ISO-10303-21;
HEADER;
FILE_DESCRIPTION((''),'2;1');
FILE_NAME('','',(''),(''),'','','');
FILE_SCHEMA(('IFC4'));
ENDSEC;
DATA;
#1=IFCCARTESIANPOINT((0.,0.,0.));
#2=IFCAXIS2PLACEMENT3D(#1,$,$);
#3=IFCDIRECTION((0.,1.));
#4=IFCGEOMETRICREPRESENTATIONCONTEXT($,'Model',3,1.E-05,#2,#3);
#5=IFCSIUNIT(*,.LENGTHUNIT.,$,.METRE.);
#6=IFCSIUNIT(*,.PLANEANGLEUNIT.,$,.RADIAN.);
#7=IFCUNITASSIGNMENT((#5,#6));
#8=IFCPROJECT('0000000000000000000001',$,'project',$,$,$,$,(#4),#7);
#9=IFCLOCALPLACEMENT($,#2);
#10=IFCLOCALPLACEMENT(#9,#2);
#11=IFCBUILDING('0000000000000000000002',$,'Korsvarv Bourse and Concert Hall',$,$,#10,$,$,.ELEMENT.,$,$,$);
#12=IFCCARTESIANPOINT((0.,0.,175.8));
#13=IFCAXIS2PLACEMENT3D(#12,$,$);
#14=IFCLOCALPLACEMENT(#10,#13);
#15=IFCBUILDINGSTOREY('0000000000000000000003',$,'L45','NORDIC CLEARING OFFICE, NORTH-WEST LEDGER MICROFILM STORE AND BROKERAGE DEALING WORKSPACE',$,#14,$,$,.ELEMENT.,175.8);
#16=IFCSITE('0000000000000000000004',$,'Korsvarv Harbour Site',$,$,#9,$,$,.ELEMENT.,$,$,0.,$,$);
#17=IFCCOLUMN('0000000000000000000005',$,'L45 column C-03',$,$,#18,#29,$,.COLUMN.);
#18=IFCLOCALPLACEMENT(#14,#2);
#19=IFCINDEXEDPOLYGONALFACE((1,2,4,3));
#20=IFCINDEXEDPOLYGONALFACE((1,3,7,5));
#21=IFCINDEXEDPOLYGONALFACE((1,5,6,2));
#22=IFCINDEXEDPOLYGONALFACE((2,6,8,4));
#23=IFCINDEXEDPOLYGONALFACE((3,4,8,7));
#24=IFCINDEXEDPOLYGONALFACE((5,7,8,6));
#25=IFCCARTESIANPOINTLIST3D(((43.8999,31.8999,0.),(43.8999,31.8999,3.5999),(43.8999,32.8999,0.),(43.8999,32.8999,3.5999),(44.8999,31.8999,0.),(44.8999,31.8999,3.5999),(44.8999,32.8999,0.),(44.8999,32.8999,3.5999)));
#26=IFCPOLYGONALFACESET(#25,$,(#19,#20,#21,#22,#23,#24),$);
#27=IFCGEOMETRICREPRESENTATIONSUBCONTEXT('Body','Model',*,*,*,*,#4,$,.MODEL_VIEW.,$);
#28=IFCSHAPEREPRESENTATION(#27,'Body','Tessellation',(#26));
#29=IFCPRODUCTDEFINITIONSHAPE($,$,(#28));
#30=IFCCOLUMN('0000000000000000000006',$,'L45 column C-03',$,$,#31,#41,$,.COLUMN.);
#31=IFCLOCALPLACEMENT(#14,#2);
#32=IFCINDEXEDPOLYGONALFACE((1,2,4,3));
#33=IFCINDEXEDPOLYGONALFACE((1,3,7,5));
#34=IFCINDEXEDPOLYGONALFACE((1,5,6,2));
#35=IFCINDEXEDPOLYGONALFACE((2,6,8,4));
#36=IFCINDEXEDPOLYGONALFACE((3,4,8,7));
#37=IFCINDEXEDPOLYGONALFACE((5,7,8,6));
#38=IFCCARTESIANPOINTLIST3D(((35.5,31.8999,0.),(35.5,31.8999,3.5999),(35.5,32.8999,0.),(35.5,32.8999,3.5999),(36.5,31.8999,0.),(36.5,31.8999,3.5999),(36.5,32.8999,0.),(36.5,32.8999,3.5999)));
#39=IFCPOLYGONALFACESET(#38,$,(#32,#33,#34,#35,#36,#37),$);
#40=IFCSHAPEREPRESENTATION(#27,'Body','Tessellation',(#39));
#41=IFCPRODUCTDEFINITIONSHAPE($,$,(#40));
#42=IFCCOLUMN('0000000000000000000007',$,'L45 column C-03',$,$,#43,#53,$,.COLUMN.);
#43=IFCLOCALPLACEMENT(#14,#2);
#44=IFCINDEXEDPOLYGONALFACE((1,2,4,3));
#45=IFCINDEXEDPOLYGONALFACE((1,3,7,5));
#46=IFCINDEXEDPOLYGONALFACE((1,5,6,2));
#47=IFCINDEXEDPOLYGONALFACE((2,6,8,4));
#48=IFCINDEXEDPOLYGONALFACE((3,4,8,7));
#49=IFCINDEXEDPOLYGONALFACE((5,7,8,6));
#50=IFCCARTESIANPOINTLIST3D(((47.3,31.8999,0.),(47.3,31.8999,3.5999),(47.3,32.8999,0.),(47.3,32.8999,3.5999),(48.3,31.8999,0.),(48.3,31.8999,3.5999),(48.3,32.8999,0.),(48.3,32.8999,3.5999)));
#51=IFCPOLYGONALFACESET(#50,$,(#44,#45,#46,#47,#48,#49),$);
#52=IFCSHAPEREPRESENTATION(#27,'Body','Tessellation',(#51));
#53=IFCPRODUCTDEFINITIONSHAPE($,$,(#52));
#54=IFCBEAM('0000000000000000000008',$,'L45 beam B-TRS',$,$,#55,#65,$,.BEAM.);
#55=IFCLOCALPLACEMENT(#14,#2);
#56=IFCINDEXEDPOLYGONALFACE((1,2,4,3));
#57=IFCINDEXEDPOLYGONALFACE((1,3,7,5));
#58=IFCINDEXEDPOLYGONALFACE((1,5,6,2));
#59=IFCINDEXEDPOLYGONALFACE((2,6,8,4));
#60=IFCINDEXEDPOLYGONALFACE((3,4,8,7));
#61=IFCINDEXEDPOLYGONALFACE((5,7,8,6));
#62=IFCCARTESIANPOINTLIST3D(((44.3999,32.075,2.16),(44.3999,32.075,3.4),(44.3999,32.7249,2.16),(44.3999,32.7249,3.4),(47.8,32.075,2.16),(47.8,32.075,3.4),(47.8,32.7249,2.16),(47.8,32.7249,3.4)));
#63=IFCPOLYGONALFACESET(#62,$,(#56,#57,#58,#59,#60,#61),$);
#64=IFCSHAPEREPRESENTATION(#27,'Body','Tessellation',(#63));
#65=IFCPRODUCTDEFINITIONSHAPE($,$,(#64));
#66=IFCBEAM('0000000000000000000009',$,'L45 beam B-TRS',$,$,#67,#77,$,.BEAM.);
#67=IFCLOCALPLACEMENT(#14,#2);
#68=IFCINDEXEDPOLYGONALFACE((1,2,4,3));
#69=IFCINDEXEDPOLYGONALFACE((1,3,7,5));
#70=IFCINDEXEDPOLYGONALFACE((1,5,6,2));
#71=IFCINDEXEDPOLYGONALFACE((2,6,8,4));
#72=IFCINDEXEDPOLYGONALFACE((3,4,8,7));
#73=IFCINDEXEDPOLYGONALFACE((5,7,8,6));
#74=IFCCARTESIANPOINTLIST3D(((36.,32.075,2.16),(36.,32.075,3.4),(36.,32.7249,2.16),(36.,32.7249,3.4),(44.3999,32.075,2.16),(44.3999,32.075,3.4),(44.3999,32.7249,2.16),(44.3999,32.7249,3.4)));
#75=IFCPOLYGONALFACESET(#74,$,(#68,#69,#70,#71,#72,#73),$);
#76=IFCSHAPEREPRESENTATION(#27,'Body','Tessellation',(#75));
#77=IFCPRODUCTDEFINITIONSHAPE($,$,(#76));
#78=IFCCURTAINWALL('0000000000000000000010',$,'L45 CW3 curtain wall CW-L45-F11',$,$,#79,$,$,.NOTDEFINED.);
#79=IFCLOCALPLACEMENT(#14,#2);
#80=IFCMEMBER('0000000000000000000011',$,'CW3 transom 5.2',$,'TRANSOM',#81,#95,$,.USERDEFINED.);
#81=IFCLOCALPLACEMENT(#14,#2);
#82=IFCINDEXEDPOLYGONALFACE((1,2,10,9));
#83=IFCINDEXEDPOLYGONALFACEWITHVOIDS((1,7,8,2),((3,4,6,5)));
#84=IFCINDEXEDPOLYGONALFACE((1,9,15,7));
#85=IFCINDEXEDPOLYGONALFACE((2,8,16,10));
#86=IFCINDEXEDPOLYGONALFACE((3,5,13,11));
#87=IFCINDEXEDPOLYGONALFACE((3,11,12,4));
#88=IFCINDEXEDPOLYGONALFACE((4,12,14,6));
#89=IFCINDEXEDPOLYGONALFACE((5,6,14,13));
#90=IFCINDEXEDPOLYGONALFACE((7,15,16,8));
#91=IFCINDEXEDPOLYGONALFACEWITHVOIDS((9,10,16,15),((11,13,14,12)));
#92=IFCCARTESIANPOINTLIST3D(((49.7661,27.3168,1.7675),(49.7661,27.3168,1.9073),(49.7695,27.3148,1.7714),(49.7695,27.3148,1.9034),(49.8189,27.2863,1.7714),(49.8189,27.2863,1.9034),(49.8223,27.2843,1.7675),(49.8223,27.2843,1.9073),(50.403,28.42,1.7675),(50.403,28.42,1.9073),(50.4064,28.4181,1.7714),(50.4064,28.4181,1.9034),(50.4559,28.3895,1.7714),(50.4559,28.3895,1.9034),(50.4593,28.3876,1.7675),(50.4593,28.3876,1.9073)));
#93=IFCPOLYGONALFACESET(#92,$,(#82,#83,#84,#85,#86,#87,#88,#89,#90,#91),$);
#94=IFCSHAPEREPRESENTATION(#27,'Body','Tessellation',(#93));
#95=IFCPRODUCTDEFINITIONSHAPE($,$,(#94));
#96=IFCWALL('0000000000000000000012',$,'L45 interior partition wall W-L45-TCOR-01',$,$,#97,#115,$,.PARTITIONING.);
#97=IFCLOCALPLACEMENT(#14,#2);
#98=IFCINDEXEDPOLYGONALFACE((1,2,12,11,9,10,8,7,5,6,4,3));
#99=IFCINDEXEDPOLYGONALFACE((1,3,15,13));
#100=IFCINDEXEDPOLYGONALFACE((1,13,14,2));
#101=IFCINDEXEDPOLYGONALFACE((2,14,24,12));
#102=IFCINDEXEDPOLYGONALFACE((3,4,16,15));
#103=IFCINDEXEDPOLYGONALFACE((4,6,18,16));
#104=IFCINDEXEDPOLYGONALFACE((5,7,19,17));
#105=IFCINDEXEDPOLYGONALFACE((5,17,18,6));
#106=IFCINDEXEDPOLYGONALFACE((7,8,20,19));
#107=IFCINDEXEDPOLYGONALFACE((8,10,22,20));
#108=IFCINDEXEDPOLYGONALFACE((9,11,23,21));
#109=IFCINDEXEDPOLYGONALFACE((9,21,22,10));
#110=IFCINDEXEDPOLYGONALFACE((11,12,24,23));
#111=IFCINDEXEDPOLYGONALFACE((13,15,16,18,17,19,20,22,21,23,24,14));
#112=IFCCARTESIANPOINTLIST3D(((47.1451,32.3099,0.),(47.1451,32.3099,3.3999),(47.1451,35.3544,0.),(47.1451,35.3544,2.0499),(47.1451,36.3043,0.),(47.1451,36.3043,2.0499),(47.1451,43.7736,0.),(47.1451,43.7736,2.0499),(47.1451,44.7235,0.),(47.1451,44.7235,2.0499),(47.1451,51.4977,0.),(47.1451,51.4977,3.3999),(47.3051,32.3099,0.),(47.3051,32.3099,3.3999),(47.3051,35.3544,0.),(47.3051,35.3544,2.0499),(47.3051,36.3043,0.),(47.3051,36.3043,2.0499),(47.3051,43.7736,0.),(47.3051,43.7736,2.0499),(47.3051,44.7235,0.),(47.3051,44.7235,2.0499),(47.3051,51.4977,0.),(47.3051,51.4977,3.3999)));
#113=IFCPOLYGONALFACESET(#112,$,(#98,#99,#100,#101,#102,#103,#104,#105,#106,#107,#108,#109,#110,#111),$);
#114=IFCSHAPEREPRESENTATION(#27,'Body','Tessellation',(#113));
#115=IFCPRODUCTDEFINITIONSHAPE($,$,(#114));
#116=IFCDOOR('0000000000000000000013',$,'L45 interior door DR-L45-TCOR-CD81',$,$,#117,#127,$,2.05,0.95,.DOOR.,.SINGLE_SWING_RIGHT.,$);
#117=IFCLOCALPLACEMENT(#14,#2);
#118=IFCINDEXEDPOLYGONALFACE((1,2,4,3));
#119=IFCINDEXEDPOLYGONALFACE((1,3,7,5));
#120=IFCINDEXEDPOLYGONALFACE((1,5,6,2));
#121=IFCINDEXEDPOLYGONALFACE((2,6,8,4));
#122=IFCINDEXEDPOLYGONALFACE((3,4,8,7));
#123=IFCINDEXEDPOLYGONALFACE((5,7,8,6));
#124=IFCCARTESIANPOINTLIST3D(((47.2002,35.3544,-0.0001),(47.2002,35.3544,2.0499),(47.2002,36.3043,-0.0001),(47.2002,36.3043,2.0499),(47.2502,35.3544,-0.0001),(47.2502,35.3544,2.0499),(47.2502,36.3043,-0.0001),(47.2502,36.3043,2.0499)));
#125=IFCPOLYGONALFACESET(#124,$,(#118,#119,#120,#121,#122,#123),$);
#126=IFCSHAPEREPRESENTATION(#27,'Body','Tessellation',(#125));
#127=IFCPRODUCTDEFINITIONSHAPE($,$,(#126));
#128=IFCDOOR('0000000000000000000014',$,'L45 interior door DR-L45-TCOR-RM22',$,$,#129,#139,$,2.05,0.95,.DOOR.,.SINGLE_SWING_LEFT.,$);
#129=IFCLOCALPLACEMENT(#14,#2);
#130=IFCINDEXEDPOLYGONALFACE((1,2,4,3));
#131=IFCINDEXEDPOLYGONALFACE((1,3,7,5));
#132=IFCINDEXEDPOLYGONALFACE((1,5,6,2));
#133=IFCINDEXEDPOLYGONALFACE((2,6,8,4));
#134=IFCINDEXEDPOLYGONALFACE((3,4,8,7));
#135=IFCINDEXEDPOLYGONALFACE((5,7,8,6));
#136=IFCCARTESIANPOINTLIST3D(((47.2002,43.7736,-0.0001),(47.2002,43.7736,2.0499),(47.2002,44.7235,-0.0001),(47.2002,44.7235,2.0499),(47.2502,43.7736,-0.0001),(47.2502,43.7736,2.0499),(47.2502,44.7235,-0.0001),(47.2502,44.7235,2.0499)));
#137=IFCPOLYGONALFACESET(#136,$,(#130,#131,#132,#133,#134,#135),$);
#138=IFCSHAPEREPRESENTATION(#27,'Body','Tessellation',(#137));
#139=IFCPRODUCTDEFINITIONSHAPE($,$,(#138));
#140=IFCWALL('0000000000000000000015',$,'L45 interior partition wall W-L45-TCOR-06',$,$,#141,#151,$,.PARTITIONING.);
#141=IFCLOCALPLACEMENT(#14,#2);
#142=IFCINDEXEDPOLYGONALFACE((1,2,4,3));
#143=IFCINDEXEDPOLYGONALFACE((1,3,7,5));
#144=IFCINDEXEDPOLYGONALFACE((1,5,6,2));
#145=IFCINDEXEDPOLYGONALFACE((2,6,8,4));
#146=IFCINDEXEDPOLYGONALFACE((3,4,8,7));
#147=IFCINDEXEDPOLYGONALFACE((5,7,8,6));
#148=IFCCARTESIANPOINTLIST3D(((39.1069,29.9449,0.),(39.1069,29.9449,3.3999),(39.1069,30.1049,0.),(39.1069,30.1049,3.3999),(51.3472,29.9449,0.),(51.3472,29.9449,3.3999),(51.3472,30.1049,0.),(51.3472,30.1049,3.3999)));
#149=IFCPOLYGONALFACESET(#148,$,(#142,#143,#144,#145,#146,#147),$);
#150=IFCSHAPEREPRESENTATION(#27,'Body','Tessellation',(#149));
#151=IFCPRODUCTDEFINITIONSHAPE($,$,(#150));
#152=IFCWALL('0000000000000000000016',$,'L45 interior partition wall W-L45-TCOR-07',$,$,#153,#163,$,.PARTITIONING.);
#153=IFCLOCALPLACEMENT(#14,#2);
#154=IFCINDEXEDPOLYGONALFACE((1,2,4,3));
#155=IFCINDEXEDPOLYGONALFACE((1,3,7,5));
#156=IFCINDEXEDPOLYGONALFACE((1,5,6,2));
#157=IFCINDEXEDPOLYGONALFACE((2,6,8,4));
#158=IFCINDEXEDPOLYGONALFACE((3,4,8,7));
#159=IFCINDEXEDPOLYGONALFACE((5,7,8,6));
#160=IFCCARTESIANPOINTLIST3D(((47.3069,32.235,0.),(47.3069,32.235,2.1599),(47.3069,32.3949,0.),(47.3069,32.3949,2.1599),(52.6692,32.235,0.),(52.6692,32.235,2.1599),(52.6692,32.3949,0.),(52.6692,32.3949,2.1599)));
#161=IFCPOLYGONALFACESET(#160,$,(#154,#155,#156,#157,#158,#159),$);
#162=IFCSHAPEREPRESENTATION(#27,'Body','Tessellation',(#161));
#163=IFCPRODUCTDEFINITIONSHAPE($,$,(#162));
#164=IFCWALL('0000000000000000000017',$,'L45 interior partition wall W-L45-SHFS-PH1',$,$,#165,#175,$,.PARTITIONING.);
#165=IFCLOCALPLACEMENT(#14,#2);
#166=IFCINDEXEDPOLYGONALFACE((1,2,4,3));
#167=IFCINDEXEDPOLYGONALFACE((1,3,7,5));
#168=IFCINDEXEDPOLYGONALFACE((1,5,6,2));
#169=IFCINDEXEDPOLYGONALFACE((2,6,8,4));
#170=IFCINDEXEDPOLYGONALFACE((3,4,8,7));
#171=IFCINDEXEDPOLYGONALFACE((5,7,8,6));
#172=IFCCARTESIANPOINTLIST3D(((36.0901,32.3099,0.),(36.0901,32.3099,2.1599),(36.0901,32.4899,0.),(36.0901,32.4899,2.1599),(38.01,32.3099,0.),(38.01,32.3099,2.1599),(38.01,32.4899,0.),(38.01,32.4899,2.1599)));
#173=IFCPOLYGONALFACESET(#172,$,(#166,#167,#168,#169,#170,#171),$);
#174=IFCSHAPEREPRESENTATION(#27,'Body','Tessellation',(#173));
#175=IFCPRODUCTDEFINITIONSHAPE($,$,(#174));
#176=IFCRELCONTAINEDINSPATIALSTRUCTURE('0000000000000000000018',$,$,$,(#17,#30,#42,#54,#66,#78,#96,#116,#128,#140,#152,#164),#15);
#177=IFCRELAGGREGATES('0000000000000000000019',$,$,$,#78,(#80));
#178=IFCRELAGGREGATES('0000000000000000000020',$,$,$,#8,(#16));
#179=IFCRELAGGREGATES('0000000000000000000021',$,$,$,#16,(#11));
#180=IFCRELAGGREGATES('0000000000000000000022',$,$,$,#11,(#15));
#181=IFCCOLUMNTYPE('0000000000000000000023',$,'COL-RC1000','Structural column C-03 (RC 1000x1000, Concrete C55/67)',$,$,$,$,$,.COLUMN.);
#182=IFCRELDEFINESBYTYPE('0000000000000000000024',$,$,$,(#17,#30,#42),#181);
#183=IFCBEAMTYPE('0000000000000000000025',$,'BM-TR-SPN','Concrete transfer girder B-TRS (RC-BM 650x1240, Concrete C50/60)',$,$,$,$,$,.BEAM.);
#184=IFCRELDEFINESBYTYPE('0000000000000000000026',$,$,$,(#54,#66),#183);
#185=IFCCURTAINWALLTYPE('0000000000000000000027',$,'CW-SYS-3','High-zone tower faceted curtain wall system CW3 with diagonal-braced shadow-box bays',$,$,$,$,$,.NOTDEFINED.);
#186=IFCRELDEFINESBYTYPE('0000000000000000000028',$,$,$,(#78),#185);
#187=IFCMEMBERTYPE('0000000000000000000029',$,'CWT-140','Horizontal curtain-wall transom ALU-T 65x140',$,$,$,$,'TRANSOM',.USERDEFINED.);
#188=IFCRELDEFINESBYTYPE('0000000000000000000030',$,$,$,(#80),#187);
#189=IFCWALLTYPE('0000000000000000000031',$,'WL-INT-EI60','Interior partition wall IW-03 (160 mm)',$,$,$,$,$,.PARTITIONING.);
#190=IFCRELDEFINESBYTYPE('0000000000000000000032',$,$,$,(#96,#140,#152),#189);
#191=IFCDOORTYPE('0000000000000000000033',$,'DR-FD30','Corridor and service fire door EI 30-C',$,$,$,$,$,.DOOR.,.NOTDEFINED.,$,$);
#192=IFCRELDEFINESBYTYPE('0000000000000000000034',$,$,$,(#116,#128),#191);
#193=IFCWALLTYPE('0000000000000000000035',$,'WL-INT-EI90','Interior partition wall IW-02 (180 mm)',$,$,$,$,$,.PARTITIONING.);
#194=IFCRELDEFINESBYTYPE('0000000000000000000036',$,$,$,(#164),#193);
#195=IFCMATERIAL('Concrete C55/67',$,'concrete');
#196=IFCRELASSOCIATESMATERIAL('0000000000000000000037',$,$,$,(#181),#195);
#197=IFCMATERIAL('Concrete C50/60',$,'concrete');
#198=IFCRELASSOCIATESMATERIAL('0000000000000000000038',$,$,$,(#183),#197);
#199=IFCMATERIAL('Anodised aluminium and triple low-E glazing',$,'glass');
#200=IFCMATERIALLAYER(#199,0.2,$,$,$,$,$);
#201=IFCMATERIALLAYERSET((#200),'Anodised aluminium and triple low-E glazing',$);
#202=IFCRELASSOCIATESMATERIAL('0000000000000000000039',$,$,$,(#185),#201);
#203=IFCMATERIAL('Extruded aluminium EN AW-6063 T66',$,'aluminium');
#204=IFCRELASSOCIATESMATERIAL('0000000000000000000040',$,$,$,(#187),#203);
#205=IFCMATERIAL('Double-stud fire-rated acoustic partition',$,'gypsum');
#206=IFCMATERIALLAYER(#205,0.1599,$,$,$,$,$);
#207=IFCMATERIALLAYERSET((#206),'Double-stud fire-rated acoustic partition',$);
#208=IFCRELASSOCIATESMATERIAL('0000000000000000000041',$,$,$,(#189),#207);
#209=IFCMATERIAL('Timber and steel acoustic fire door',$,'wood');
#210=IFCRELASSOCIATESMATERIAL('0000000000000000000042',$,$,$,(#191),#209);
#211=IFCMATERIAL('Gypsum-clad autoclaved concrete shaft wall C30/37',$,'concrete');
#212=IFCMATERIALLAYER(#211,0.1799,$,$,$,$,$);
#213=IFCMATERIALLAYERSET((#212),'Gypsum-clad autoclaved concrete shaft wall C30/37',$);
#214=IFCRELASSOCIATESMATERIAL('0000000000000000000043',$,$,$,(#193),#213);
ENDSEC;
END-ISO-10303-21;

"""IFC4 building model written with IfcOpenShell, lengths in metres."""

from ifc_helpers import new_model, si_unit, direction, frame, frame_2d, origin, origin_2d, place, context, subcontext, project, spatial, rectangle, hollow_rectangle, extrude, source, transform, mapped, material, layer, layer_set, material_profile, profile_set, type_object, element, fill, aggregate, save


model = new_model("IFC4")

# Units and contexts
model_context = context("Model", 3, precision=1e-05, world=origin(), true_north=direction((0.0, 1.0)))
body_context = subcontext(model_context, "Body", "Model", "MODEL_VIEW")
ifc_project = project(units=[si_unit("LENGTHUNIT", "METRE"), si_unit("PLANEANGLEUNIT", "RADIAN")], contexts=[model_context])

# Site, building, storey
site_placement = place(None, origin())
site = spatial("IfcSite", under=ifc_project, at=site_placement, Name="Korsvarv Harbour Site", CompositionType="ELEMENT", RefElevation=0.0)
building_placement = place(site_placement, origin())
building = spatial("IfcBuilding", under=site, at=building_placement, Name="Korsvarv Bourse and Concert Hall", CompositionType="ELEMENT")
storey_placement = place(building_placement, frame((0.0, 0.0, 175.8)))
storey = spatial("IfcBuildingStorey", under=building, at=storey_placement, Name="L45", Description="NORDIC CLEARING OFFICE, NORTH-WEST LEDGER MICROFILM STORE AND BROKERAGE DEALING WORKSPACE", CompositionType="ELEMENT", Elevation=175.8)

# Columns
ifc_material_1 = material(Name="Concrete C55/67", Category="concrete")
ifc_material_profile_1 = material_profile(ifc_material_1, rectangle(XDim=1.0, YDim=1.0, at=origin_2d()), Name="RC 1000x1000")
ifc_profile_set_1 = profile_set([ifc_material_profile_1], Name="Concrete C55/67")
column_type = type_object("IfcColumnType", Name="COL-RC1000", Description="Structural column C-03 (RC 1000x1000, Concrete C55/67)", PredefinedType="COLUMN", material=ifc_profile_set_1)
shared_shape_1 = source(origin(), body_context, "Body", "SweptSolid", [
    extrude(rectangle(XDim=1.0, YDim=1.0, at=origin_2d()), origin(), (0.0, 0.0, 1.0), 3.5999),
])
for number, where, z_axis, x_axis, name in (
    (1, (44.3999, 32.3999, 0.0), (0.0, 0.0, 1.0), (1.0, 0.0, 0.0), "L45 column C-03"),
    (2, (36.0, 32.3999, 0.0), (0.0, 0.0, 1.0), (1.0, 0.0, 0.0), "L45 column C-03"),
    (3, (47.8, 32.3999, 0.0), (0.0, 0.0, 1.0), (1.0, 0.0, 0.0), "L45 column C-03"),
):
    element("IfcColumn", number, at=place(storey_placement, frame(where, z_axis=z_axis, x_axis=x_axis)), inside=storey, type_object=column_type, Name=name, PredefinedType="COLUMN", context=body_context, shape_type="MappedRepresentation", body=[
        mapped(shared_shape_1, transform((0.0, 0.0, 0.0), scale=1.0)),
    ])

# Beams
ifc_material_2 = material(Name="Concrete C50/60", Category="concrete")
ifc_material_profile_2 = material_profile(ifc_material_2, rectangle(XDim=0.6499, YDim=1.24, at=origin_2d()), Name="RC-BM 650x1240")
ifc_profile_set_2 = profile_set([ifc_material_profile_2], Name="Concrete C50/60")
beam_type = type_object("IfcBeamType", Name="BM-TR-SPN", Description="Concrete transfer girder B-TRS (RC-BM 650x1240, Concrete C50/60)", PredefinedType="BEAM", material=ifc_profile_set_2)
shared_shape_2 = source(origin(), body_context, "Body", "SweptSolid", [
    extrude(rectangle(XDim=0.6499, YDim=1.24, at=origin_2d()), origin(), (0.0, 0.0, 1.0), 3.4001),
])
beam_1_placement = place(storey_placement, frame((44.3999, 32.3999, 2.78), z_axis=(1.0, 0.0, 0.0), x_axis=(0.0, 1.0, 0.0)))
element("IfcBeam", 4, at=beam_1_placement, inside=storey, type_object=beam_type, Name="L45 beam B-TRS", PredefinedType="BEAM", context=body_context, shape_type="MappedRepresentation", body=[
    mapped(shared_shape_2, transform((0.0, 0.0, 0.0), scale=1.0)),
])
shared_shape_3 = source(origin(), body_context, "Body", "SweptSolid", [
    extrude(rectangle(XDim=0.6499, YDim=1.24, at=origin_2d()), origin(), (0.0, 0.0, 1.0), 8.3999),
])
beam_2_placement = place(storey_placement, frame((36.0, 32.3999, 2.78), z_axis=(1.0, 0.0, 0.0), x_axis=(0.0, 1.0, 0.0)))
element("IfcBeam", 5, at=beam_2_placement, inside=storey, type_object=beam_type, Name="L45 beam B-TRS", PredefinedType="BEAM", context=body_context, shape_type="MappedRepresentation", body=[
    mapped(shared_shape_3, transform((0.0, 0.0, 0.0), scale=1.0)),
])

# Curtain wall, member
ifc_material_3 = material(Name="Anodised aluminium and triple low-E glazing", Category="glass")
ifc_layer_1 = layer(ifc_material_3, 0.2)
ifc_layer_set_1 = layer_set([ifc_layer_1], Name="Anodised aluminium and triple low-E glazing")
curtain_wall_type = type_object("IfcCurtainWallType", Name="CW-SYS-3", Description="High-zone tower faceted curtain wall system CW3 with diagonal-braced shadow-box bays", PredefinedType="NOTDEFINED", material=ifc_layer_set_1)
curtain_wall_placement = place(storey_placement, origin())
curtain_wall = element("IfcCurtainWall", 6, at=curtain_wall_placement, inside=storey, type_object=curtain_wall_type, Name="L45 CW3 curtain wall CW-L45-F11", PredefinedType="NOTDEFINED")
ifc_material_4 = material(Name="Extruded aluminium EN AW-6063 T66", Category="aluminium")
ifc_material_profile_3 = material_profile(ifc_material_4, hollow_rectangle(XDim=0.0649, YDim=0.1399, WallThickness=0.0039, at=origin_2d()), Name="ALU-T 65x140")
ifc_profile_set_3 = profile_set([ifc_material_profile_3], Name="Extruded aluminium EN AW-6063 T66")
member_type = type_object("IfcMemberType", Name="CWT-140", Description="Horizontal curtain-wall transom ALU-T 65x140", ElementType="TRANSOM", PredefinedType="USERDEFINED", material=ifc_profile_set_3)
shared_shape_4 = source(origin(), body_context, "Body", "SweptSolid", [
    extrude(hollow_rectangle(XDim=0.0649, YDim=0.1399, WallThickness=0.0039, at=origin_2d()), origin(), (0.0, 0.0, 1.0), 1.2739),
])
member_placement = place(storey_placement, frame((49.7942, 27.3005, 1.8374), z_axis=(0.499993, 0.866029, 0.0), x_axis=(-0.866029, 0.499993, 0.0)))
member = element("IfcMember", 7, at=member_placement, type_object=member_type, Name="CW3 transom 5.2", ObjectType="TRANSOM", PredefinedType="USERDEFINED", context=body_context, shape_type="MappedRepresentation", body=[
    mapped(shared_shape_4, transform((0.0, 0.0, 0.0), scale=1.0)),
])
aggregate(curtain_wall, [member])

# Wall, openings, doors
ifc_material_5 = material(Name="Double-stud fire-rated acoustic partition", Category="gypsum")
ifc_layer_2 = layer(ifc_material_5, 0.1599)
ifc_layer_set_2 = layer_set([ifc_layer_2], Name="Double-stud fire-rated acoustic partition")
wall_type_1 = type_object("IfcWallType", Name="WL-INT-EI60", Description="Interior partition wall IW-03 (160 mm)", PredefinedType="PARTITIONING", material=ifc_layer_set_2)
wall_1_placement = place(storey_placement, frame((47.2251, 32.3101, 0.0), z_axis=(0.0, 0.0, 1.0), x_axis=(0.0, 1.0, 0.0)))
wall_1 = element("IfcWall", 8, at=wall_1_placement, inside=storey, type_object=wall_type_1, Name="L45 interior partition wall W-L45-TCOR-01", PredefinedType="PARTITIONING", context=body_context, shape_type="SweptSolid", body=[
    extrude(rectangle(XDim=19.1877, YDim=0.1599, at=frame_2d((9.5938, 0.0))), origin(), (0.0, 0.0, 1.0), 3.3999),
])
opening_1_placement = place(wall_1_placement, frame((3.0442, 0.0, 0.0)))
opening_1 = element("IfcOpeningElement", 9, at=opening_1_placement, cuts=wall_1, PredefinedType="OPENING", context=body_context, shape_type="SweptSolid", body=[
    extrude(rectangle(XDim=0.95, YDim=2.05, at=frame_2d((0.4751, 1.0249))), frame((0.0, 0.0898, 0.0), z_axis=(0.0, -1.0, 0.0), x_axis=(1.0, 0.0, 0.0)), (0.0, 0.0, 1.0), 0.1799),
])
opening_2_placement = place(wall_1_placement, frame((11.4634, 0.0, 0.0)))
opening_2 = element("IfcOpeningElement", 10, at=opening_2_placement, cuts=wall_1, PredefinedType="OPENING", context=body_context, shape_type="SweptSolid", body=[
    extrude(rectangle(XDim=0.95, YDim=2.05, at=frame_2d((0.4751, 1.0249))), frame((0.0, 0.0898, 0.0), z_axis=(0.0, -1.0, 0.0), x_axis=(1.0, 0.0, 0.0)), (0.0, 0.0, 1.0), 0.1799),
])
ifc_material_6 = material(Name="Timber and steel acoustic fire door", Category="wood")
door_type = type_object("IfcDoorType", Name="DR-FD30", Description="Corridor and service fire door EI 30-C", OperationType="NOTDEFINED", PredefinedType="DOOR", material=ifc_material_6)
door_1_placement = place(opening_1_placement, origin())
door_1 = element("IfcDoor", 11, at=door_1_placement, inside=storey, type_object=door_type, Name="L45 interior door DR-L45-TCOR-CD81", OperationType="SINGLE_SWING_RIGHT", OverallHeight=2.05, OverallWidth=0.95, PredefinedType="DOOR", context=body_context, shape_type="SweptSolid", body=[
    extrude(rectangle(XDim=0.95, YDim=2.05, at=frame_2d((0.4751, 1.0249))), frame((0.0, 0.0249, 0.0), z_axis=(0.0, -1.0, 0.0), x_axis=(1.0, 0.0, 0.0)), (0.0, 0.0, 1.0), 0.05),
])
fill(opening_1, door_1)
door_2_placement = place(opening_2_placement, origin())
door_2 = element("IfcDoor", 12, at=door_2_placement, inside=storey, type_object=door_type, Name="L45 interior door DR-L45-TCOR-RM22", OperationType="SINGLE_SWING_LEFT", OverallHeight=2.05, OverallWidth=0.95, PredefinedType="DOOR", context=body_context, shape_type="SweptSolid", body=[
    extrude(rectangle(XDim=0.95, YDim=2.05, at=frame_2d((0.4751, 1.0249))), frame((0.0, 0.0249, 0.0), z_axis=(0.0, -1.0, 0.0), x_axis=(1.0, 0.0, 0.0)), (0.0, 0.0, 1.0), 0.05),
])
fill(opening_2, door_2)

# Walls
wall_2_placement = place(storey_placement, frame((39.1069, 30.0249, 0.0), z_axis=(0.0, 0.0, 1.0), x_axis=(1.0, 0.0, 0.0)))
element("IfcWall", 13, at=wall_2_placement, inside=storey, type_object=wall_type_1, Name="L45 interior partition wall W-L45-TCOR-06", PredefinedType="PARTITIONING", context=body_context, shape_type="SweptSolid", body=[
    extrude(rectangle(XDim=12.2402, YDim=0.1599, at=frame_2d((6.1201, 0.0))), origin(), (0.0, 0.0, 1.0), 3.3999),
])
wall_3_placement = place(storey_placement, frame((47.3069, 32.3149, 0.0), z_axis=(0.0, 0.0, 1.0), x_axis=(1.0, 0.0, 0.0)))
element("IfcWall", 14, at=wall_3_placement, inside=storey, type_object=wall_type_1, Name="L45 interior partition wall W-L45-TCOR-07", PredefinedType="PARTITIONING", context=body_context, shape_type="SweptSolid", body=[
    extrude(rectangle(XDim=5.3623, YDim=0.1599, at=frame_2d((2.6812, 0.0))), origin(), (0.0, 0.0, 1.0), 2.1599),
])
ifc_material_7 = material(Name="Gypsum-clad autoclaved concrete shaft wall C30/37", Category="concrete")
ifc_layer_3 = layer(ifc_material_7, 0.1799)
ifc_layer_set_3 = layer_set([ifc_layer_3], Name="Gypsum-clad autoclaved concrete shaft wall C30/37")
wall_type_2 = type_object("IfcWallType", Name="WL-INT-EI90", Description="Interior partition wall IW-02 (180 mm)", PredefinedType="PARTITIONING", material=ifc_layer_set_3)
wall_4_placement = place(storey_placement, frame((36.0901, 32.3999, 0.0), z_axis=(0.0, 0.0, 1.0), x_axis=(1.0, 0.0, 0.0)))
element("IfcWall", 15, at=wall_4_placement, inside=storey, type_object=wall_type_2, Name="L45 interior partition wall W-L45-SHFS-PH1", PredefinedType="PARTITIONING", context=body_context, shape_type="SweptSolid", body=[
    extrude(rectangle(XDim=1.9199, YDim=0.1799, at=frame_2d((0.96, 0.0))), origin(), (0.0, 0.0, 1.0), 2.1599),
])

save(model, "model.ifc")
